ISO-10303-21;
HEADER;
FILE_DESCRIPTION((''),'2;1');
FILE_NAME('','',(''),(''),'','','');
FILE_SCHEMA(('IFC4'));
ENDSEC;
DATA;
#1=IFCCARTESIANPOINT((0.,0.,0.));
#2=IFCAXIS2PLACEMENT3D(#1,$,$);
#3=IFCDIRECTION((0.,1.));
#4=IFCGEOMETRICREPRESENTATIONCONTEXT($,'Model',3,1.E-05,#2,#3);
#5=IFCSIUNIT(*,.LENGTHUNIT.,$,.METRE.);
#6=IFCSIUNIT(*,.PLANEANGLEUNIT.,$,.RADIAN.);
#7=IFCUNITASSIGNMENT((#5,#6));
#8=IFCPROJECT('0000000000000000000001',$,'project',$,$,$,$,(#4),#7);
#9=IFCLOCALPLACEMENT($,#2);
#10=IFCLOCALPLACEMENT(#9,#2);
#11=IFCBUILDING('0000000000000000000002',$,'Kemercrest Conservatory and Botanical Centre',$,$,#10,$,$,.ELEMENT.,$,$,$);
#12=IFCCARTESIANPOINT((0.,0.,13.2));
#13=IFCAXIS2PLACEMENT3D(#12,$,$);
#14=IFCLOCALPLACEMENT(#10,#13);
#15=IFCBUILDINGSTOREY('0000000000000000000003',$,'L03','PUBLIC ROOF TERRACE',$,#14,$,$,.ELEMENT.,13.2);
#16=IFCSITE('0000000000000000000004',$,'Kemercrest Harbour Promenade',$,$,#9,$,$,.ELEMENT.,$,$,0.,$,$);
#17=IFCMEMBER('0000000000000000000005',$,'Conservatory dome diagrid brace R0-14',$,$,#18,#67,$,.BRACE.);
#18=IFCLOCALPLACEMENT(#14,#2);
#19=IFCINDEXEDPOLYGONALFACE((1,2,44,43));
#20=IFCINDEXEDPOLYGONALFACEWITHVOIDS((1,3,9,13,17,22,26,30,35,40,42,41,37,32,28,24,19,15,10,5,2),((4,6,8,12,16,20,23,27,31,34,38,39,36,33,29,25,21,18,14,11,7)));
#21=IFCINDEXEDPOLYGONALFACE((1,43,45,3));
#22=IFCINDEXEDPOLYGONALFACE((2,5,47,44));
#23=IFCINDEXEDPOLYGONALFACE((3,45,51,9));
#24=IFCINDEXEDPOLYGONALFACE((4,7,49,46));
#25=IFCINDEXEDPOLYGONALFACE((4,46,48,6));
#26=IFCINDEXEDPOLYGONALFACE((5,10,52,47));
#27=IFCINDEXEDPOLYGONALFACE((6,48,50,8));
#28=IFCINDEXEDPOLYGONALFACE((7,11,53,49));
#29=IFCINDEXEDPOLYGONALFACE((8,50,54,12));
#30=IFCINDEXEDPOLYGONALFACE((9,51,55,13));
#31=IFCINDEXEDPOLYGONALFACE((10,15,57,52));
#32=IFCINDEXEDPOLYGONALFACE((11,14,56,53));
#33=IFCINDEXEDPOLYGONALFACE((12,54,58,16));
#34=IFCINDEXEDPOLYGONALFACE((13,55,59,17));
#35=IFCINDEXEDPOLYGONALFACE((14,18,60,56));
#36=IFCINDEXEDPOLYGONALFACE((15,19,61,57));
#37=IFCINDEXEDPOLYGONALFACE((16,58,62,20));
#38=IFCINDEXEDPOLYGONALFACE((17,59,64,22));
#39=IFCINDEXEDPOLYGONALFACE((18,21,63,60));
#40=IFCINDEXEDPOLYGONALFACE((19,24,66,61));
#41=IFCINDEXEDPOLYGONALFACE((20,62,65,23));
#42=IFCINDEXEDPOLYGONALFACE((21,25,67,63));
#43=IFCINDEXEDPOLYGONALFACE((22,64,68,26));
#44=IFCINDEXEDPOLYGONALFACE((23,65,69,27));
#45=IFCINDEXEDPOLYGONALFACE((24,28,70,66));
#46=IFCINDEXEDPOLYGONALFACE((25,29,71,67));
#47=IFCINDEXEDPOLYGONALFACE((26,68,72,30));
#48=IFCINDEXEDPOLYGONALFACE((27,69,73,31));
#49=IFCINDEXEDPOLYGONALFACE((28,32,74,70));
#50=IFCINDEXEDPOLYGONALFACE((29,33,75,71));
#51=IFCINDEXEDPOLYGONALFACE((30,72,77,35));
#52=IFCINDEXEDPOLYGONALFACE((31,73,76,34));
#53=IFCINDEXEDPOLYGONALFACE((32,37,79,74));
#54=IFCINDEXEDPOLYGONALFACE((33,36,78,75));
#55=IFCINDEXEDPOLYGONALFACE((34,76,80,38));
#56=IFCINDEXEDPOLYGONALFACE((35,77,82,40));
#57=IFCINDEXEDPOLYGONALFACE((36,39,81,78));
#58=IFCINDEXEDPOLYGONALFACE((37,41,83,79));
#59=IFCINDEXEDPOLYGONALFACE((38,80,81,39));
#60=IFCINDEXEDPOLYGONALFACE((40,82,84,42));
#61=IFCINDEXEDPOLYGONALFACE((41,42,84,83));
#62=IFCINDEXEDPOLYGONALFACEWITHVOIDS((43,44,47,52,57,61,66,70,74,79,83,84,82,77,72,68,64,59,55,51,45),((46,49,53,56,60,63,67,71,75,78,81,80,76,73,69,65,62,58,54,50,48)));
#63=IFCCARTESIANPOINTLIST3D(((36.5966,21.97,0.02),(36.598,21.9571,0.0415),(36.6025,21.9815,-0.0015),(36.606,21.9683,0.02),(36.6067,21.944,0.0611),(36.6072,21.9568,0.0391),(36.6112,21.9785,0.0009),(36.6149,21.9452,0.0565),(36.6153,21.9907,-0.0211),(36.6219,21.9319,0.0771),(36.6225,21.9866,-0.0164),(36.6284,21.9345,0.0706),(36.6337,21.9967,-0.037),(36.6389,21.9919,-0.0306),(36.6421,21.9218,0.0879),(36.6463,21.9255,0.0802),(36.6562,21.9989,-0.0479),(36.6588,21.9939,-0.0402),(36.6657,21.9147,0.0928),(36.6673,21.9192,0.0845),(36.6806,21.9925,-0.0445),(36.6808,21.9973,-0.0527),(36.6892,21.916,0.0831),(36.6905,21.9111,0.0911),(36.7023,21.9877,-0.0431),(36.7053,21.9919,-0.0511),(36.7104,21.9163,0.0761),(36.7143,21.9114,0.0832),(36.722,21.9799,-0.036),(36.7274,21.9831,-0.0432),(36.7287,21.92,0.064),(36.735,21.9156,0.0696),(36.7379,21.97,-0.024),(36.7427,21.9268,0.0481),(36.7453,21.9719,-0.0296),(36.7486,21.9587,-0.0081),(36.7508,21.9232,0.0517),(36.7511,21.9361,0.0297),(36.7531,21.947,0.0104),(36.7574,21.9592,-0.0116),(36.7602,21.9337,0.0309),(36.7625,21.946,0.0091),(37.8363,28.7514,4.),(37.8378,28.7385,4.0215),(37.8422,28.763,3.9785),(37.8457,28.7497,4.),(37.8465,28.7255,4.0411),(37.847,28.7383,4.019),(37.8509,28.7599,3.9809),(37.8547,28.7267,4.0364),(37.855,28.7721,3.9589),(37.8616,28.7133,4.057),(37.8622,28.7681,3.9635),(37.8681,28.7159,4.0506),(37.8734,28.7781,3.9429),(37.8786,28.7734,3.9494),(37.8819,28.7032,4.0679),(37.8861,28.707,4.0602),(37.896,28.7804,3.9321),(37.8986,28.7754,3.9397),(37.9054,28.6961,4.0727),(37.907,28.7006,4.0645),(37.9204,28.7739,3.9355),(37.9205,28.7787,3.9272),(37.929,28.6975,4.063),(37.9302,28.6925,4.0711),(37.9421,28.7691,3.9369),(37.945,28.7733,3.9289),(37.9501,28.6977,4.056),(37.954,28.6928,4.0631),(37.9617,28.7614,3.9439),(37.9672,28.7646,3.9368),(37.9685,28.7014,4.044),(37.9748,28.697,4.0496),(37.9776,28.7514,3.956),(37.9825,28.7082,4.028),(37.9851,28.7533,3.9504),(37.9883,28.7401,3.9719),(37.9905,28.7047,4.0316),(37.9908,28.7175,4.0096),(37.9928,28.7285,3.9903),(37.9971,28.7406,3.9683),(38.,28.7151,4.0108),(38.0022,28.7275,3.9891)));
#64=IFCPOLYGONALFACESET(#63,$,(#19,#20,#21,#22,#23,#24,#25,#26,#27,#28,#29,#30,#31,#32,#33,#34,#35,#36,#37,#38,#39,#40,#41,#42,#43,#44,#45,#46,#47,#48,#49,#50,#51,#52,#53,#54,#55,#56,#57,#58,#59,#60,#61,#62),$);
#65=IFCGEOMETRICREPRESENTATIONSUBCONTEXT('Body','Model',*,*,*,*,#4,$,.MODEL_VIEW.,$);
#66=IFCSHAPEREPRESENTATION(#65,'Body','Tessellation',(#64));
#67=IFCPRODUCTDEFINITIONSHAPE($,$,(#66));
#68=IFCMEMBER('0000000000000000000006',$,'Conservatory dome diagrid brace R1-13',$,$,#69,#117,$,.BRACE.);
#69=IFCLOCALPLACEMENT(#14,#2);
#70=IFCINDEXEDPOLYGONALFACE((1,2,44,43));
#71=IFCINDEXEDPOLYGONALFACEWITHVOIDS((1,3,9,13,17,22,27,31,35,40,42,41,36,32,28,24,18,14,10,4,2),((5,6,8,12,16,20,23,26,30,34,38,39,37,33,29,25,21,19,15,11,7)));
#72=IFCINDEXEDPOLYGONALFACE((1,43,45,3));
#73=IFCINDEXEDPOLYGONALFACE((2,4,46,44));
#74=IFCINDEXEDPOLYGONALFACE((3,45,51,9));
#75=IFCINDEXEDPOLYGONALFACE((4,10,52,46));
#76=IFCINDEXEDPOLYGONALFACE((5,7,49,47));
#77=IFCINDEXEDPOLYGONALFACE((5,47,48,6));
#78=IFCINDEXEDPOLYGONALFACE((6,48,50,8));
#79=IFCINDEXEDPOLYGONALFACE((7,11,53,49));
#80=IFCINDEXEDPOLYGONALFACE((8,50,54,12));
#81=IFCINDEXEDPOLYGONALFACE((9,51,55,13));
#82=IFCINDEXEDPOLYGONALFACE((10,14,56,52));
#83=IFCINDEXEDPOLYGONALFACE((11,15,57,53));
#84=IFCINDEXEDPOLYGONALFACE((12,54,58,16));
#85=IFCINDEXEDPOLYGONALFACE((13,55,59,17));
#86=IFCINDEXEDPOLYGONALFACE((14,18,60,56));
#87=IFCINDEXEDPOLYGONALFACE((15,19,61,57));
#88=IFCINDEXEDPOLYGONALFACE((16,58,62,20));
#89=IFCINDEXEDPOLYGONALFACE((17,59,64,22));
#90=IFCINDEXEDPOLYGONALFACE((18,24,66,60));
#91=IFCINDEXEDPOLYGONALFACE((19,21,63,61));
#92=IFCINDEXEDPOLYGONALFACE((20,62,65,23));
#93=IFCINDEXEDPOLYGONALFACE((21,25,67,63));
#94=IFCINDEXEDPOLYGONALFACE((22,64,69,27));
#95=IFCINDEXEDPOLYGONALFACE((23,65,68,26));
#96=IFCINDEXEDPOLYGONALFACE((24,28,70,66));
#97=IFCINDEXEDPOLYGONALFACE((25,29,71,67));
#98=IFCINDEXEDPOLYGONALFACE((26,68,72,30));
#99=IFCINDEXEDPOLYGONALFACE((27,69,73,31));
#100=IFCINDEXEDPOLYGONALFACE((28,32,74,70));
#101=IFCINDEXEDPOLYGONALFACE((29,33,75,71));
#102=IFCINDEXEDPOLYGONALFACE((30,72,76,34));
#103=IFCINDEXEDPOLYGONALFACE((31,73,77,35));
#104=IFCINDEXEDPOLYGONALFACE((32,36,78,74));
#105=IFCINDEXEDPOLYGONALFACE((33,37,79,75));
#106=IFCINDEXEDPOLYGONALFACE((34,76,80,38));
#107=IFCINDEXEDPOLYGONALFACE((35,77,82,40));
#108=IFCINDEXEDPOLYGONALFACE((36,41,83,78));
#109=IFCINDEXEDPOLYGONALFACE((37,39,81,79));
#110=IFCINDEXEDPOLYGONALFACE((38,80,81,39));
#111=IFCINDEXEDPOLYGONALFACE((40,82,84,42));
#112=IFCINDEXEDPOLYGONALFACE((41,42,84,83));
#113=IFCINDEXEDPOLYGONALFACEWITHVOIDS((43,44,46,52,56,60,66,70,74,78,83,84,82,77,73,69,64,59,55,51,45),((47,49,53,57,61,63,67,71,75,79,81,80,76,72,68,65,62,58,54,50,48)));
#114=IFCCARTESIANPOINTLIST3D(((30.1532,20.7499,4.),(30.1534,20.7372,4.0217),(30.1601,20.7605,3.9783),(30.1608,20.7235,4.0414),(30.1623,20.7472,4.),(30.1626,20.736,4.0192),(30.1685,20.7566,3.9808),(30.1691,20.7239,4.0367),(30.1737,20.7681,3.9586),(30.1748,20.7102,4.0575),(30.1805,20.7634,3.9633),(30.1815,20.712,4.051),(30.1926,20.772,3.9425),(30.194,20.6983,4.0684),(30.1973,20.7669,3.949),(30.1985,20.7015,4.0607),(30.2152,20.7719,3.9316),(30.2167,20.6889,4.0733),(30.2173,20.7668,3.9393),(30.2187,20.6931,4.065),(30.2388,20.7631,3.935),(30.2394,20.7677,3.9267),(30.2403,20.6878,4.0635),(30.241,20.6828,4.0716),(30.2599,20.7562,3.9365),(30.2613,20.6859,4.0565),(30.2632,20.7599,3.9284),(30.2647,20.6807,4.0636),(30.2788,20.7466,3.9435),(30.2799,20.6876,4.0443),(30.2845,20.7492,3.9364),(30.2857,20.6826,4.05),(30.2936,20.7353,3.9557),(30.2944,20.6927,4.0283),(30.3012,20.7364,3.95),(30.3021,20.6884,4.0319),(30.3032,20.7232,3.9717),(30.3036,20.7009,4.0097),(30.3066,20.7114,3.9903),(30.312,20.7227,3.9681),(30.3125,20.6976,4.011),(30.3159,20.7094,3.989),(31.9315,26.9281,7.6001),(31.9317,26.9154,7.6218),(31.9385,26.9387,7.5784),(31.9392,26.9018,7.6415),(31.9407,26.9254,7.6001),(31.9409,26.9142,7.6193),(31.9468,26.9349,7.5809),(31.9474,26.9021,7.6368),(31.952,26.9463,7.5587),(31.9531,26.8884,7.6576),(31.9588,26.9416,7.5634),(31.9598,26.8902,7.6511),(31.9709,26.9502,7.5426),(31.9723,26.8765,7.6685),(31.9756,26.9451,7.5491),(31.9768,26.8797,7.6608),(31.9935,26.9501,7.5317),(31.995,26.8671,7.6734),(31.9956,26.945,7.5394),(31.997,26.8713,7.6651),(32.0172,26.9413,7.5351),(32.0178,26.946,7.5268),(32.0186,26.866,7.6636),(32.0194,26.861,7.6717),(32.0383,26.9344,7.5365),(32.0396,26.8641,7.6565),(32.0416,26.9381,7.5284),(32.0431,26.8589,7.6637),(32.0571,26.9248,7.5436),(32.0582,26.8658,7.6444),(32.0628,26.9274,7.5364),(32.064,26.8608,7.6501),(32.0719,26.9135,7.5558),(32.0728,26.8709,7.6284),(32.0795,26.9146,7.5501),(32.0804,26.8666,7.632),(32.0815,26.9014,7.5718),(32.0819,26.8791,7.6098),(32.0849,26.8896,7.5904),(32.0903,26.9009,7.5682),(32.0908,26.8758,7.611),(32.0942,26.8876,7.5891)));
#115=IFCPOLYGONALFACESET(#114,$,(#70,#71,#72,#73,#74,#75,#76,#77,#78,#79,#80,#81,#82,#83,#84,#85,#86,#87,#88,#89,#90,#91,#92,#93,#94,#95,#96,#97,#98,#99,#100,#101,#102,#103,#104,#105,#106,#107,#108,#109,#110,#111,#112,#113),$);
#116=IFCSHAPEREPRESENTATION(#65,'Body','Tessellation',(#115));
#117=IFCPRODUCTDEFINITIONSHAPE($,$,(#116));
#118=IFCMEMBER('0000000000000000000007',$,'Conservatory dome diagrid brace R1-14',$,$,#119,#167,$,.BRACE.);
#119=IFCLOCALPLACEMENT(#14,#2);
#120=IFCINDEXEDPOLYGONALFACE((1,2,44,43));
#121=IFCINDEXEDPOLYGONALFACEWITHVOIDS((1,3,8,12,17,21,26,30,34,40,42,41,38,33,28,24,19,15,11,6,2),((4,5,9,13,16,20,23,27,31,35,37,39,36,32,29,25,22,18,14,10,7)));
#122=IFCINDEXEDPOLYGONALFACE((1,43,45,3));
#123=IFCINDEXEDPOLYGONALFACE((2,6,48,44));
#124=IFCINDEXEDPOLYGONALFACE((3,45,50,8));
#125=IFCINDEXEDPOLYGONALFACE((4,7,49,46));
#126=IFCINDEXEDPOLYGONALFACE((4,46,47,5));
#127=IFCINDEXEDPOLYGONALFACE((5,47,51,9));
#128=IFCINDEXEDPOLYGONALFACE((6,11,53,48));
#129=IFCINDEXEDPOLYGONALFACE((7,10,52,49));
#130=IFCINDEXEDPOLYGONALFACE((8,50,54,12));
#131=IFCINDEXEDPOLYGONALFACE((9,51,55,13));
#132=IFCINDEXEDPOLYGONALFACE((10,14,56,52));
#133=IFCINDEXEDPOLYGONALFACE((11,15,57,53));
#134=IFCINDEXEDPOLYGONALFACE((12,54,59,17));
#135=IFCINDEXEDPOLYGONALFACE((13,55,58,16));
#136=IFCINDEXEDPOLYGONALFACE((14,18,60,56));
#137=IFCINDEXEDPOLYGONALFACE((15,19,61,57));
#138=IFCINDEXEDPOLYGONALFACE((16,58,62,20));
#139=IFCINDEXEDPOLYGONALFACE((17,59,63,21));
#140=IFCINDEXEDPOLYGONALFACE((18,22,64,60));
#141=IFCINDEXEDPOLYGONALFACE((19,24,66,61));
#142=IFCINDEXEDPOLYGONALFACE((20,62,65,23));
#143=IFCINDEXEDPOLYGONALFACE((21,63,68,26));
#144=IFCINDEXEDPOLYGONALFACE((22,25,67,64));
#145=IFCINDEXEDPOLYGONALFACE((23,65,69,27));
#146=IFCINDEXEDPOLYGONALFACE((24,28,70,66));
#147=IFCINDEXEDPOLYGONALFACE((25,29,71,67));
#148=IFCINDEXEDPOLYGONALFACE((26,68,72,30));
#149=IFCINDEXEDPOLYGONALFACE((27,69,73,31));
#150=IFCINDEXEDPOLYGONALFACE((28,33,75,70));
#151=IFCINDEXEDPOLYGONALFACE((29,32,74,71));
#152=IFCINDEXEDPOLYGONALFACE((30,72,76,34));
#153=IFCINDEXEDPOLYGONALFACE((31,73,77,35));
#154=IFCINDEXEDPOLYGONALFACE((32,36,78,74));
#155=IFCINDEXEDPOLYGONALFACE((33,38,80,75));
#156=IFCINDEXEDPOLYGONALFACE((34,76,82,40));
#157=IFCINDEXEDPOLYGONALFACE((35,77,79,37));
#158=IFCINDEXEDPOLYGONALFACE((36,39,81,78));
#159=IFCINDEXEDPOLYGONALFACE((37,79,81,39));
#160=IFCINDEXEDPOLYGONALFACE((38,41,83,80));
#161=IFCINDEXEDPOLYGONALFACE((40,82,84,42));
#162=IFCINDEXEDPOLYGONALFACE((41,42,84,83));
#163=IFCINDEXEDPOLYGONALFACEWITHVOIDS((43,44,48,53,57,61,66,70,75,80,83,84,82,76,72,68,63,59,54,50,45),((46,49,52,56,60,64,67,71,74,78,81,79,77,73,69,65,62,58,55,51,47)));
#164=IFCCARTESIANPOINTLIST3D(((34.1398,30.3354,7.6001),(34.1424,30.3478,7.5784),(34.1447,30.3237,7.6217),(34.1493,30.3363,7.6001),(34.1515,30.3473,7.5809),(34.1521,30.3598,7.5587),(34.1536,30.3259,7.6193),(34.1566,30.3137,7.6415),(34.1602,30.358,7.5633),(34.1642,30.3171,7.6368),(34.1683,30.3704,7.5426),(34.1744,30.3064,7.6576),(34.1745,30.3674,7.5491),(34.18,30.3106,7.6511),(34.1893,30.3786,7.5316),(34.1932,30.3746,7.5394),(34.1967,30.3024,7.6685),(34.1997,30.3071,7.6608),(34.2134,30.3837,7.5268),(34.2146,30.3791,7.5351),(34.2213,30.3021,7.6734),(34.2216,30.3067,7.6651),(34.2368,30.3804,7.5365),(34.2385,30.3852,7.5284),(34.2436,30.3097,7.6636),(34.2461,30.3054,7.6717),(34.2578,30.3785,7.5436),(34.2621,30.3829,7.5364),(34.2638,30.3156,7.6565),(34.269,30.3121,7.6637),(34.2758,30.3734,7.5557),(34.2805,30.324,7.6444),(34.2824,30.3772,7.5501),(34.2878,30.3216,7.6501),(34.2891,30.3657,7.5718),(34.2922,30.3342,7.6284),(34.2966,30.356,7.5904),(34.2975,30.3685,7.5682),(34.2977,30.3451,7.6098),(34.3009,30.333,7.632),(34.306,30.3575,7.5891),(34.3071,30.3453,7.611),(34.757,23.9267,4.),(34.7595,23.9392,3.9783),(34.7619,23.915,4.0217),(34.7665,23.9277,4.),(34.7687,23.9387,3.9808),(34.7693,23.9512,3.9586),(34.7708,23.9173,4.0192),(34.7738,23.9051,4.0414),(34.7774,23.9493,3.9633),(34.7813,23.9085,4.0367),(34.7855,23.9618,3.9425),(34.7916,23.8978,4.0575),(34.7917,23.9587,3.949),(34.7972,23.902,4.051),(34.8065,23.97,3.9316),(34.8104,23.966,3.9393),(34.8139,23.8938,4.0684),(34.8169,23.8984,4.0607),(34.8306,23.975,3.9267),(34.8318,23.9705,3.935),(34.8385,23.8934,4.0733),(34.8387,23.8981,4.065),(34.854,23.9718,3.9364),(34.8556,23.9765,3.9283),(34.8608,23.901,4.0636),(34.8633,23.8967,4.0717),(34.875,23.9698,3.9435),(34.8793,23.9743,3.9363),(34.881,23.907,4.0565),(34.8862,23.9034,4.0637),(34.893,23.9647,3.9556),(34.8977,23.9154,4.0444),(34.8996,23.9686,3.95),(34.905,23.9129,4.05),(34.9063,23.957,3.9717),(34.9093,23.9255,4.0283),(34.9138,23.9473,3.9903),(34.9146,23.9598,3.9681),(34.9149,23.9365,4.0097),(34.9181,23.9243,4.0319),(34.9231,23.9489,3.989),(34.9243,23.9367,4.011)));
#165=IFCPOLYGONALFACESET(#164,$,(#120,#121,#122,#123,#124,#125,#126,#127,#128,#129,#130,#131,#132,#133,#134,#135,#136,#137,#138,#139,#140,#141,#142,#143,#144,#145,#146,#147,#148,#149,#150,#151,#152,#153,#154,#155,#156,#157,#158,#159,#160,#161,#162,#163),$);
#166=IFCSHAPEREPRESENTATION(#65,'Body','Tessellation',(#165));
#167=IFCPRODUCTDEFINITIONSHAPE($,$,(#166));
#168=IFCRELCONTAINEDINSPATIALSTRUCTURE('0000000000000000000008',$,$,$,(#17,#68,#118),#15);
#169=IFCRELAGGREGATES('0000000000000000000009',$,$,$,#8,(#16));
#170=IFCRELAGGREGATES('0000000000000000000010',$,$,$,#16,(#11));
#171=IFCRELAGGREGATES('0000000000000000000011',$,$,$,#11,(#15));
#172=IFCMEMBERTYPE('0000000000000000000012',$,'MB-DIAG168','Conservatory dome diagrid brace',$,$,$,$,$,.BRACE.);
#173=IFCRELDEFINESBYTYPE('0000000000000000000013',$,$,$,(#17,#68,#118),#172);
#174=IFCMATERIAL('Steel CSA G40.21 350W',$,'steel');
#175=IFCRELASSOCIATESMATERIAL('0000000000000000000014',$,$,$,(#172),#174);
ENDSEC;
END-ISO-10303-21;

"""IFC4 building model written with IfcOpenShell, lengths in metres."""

from ifc_helpers import new_model, si_unit, direction, frame, origin, origin_2d, place, context, subcontext, project, spatial, hollow_circle, extrude, material, material_profile, profile_set, type_object, element, save


model = new_model("IFC4")

# Units and contexts
model_context = context("Model", 3, precision=1e-05, world=origin(), true_north=direction((0.0, 1.0)))
body_context = subcontext(model_context, "Body", "Model", "MODEL_VIEW")
ifc_project = project(units=[si_unit("LENGTHUNIT", "METRE"), si_unit("PLANEANGLEUNIT", "RADIAN")], contexts=[model_context])

# Site, building, storey
site_placement = place(None, origin())
site = spatial("IfcSite", under=ifc_project, at=site_placement, Name="Kemercrest Harbour Promenade", CompositionType="ELEMENT", RefElevation=0.0)
building_placement = place(site_placement, origin())
building = spatial("IfcBuilding", under=site, at=building_placement, Name="Kemercrest Conservatory and Botanical Centre", CompositionType="ELEMENT")
storey_placement = place(building_placement, frame((0.0, 0.0, 13.2)))
storey = spatial("IfcBuildingStorey", under=building, at=storey_placement, Name="L03", Description="PUBLIC ROOF TERRACE", CompositionType="ELEMENT", Elevation=13.2)

# Shared definitions
ifc_material_1 = material(Name="Steel CSA G40.21 350W", Category="steel")

# Members
ifc_material_profile_1 = material_profile(ifc_material_1, hollow_circle(Radius=0.0842, WallThickness=0.0095, at=origin_2d()), Name="CHS 168.3x9.5")
ifc_profile_set_1 = profile_set([ifc_material_profile_1], Name="Steel CSA G40.21 350W")
member_type_1 = type_object("IfcMemberType", Name="MB-DIAG168", Description="Conservatory dome diagrid brace", PredefinedType="BRACE", material=ifc_profile_set_1)
member_1_placement = place(storey_placement, frame((36.6794, 21.9548, 0.02), z_axis=(0.155742, 0.851918, 0.499981), x_axis=(-0.983697, 0.179833, 0.0)))
element("IfcMember", 1, at=member_1_placement, inside=storey, type_object=member_type_1, Name="Conservatory dome diagrid brace R0-14", PredefinedType="BRACE", context=body_context, shape_type="SweptSolid", body=[
    extrude(hollow_circle(Radius=0.0842, WallThickness=0.0095, at=origin_2d()), origin(), (0.0, 0.0, 1.0), 7.9602),
])
member_2_placement = place(storey_placement, frame((30.2341, 20.7266, 4.0), z_axis=(0.241344, 0.838474, 0.488585), x_axis=(-0.960983, 0.276606, 0.0)))
element("IfcMember", 2, at=member_2_placement, inside=storey, type_object=member_type_1, Name="Conservatory dome diagrid brace R1-13", PredefinedType="BRACE", context=body_context, shape_type="SweptSolid", body=[
    extrude(hollow_circle(Radius=0.0842, WallThickness=0.0095, at=origin_2d()), origin(), (0.0, 0.0, 1.0), 7.3684),
])
member_3_placement = place(storey_placement, frame((34.8408, 23.9348, 4.0), z_axis=(-0.083669, 0.868797, 0.488049), x_axis=(-0.995395, -0.095861, 0.0)))
element("IfcMember", 3, at=member_3_placement, inside=storey, type_object=member_type_1, Name="Conservatory dome diagrid brace R1-14", PredefinedType="BRACE", context=body_context, shape_type="SweptSolid", body=[
    extrude(hollow_circle(Radius=0.0842, WallThickness=0.0095, at=origin_2d()), origin(), (0.0, 0.0, 1.0), 7.3765),
])

save(model, "model.ifc")
